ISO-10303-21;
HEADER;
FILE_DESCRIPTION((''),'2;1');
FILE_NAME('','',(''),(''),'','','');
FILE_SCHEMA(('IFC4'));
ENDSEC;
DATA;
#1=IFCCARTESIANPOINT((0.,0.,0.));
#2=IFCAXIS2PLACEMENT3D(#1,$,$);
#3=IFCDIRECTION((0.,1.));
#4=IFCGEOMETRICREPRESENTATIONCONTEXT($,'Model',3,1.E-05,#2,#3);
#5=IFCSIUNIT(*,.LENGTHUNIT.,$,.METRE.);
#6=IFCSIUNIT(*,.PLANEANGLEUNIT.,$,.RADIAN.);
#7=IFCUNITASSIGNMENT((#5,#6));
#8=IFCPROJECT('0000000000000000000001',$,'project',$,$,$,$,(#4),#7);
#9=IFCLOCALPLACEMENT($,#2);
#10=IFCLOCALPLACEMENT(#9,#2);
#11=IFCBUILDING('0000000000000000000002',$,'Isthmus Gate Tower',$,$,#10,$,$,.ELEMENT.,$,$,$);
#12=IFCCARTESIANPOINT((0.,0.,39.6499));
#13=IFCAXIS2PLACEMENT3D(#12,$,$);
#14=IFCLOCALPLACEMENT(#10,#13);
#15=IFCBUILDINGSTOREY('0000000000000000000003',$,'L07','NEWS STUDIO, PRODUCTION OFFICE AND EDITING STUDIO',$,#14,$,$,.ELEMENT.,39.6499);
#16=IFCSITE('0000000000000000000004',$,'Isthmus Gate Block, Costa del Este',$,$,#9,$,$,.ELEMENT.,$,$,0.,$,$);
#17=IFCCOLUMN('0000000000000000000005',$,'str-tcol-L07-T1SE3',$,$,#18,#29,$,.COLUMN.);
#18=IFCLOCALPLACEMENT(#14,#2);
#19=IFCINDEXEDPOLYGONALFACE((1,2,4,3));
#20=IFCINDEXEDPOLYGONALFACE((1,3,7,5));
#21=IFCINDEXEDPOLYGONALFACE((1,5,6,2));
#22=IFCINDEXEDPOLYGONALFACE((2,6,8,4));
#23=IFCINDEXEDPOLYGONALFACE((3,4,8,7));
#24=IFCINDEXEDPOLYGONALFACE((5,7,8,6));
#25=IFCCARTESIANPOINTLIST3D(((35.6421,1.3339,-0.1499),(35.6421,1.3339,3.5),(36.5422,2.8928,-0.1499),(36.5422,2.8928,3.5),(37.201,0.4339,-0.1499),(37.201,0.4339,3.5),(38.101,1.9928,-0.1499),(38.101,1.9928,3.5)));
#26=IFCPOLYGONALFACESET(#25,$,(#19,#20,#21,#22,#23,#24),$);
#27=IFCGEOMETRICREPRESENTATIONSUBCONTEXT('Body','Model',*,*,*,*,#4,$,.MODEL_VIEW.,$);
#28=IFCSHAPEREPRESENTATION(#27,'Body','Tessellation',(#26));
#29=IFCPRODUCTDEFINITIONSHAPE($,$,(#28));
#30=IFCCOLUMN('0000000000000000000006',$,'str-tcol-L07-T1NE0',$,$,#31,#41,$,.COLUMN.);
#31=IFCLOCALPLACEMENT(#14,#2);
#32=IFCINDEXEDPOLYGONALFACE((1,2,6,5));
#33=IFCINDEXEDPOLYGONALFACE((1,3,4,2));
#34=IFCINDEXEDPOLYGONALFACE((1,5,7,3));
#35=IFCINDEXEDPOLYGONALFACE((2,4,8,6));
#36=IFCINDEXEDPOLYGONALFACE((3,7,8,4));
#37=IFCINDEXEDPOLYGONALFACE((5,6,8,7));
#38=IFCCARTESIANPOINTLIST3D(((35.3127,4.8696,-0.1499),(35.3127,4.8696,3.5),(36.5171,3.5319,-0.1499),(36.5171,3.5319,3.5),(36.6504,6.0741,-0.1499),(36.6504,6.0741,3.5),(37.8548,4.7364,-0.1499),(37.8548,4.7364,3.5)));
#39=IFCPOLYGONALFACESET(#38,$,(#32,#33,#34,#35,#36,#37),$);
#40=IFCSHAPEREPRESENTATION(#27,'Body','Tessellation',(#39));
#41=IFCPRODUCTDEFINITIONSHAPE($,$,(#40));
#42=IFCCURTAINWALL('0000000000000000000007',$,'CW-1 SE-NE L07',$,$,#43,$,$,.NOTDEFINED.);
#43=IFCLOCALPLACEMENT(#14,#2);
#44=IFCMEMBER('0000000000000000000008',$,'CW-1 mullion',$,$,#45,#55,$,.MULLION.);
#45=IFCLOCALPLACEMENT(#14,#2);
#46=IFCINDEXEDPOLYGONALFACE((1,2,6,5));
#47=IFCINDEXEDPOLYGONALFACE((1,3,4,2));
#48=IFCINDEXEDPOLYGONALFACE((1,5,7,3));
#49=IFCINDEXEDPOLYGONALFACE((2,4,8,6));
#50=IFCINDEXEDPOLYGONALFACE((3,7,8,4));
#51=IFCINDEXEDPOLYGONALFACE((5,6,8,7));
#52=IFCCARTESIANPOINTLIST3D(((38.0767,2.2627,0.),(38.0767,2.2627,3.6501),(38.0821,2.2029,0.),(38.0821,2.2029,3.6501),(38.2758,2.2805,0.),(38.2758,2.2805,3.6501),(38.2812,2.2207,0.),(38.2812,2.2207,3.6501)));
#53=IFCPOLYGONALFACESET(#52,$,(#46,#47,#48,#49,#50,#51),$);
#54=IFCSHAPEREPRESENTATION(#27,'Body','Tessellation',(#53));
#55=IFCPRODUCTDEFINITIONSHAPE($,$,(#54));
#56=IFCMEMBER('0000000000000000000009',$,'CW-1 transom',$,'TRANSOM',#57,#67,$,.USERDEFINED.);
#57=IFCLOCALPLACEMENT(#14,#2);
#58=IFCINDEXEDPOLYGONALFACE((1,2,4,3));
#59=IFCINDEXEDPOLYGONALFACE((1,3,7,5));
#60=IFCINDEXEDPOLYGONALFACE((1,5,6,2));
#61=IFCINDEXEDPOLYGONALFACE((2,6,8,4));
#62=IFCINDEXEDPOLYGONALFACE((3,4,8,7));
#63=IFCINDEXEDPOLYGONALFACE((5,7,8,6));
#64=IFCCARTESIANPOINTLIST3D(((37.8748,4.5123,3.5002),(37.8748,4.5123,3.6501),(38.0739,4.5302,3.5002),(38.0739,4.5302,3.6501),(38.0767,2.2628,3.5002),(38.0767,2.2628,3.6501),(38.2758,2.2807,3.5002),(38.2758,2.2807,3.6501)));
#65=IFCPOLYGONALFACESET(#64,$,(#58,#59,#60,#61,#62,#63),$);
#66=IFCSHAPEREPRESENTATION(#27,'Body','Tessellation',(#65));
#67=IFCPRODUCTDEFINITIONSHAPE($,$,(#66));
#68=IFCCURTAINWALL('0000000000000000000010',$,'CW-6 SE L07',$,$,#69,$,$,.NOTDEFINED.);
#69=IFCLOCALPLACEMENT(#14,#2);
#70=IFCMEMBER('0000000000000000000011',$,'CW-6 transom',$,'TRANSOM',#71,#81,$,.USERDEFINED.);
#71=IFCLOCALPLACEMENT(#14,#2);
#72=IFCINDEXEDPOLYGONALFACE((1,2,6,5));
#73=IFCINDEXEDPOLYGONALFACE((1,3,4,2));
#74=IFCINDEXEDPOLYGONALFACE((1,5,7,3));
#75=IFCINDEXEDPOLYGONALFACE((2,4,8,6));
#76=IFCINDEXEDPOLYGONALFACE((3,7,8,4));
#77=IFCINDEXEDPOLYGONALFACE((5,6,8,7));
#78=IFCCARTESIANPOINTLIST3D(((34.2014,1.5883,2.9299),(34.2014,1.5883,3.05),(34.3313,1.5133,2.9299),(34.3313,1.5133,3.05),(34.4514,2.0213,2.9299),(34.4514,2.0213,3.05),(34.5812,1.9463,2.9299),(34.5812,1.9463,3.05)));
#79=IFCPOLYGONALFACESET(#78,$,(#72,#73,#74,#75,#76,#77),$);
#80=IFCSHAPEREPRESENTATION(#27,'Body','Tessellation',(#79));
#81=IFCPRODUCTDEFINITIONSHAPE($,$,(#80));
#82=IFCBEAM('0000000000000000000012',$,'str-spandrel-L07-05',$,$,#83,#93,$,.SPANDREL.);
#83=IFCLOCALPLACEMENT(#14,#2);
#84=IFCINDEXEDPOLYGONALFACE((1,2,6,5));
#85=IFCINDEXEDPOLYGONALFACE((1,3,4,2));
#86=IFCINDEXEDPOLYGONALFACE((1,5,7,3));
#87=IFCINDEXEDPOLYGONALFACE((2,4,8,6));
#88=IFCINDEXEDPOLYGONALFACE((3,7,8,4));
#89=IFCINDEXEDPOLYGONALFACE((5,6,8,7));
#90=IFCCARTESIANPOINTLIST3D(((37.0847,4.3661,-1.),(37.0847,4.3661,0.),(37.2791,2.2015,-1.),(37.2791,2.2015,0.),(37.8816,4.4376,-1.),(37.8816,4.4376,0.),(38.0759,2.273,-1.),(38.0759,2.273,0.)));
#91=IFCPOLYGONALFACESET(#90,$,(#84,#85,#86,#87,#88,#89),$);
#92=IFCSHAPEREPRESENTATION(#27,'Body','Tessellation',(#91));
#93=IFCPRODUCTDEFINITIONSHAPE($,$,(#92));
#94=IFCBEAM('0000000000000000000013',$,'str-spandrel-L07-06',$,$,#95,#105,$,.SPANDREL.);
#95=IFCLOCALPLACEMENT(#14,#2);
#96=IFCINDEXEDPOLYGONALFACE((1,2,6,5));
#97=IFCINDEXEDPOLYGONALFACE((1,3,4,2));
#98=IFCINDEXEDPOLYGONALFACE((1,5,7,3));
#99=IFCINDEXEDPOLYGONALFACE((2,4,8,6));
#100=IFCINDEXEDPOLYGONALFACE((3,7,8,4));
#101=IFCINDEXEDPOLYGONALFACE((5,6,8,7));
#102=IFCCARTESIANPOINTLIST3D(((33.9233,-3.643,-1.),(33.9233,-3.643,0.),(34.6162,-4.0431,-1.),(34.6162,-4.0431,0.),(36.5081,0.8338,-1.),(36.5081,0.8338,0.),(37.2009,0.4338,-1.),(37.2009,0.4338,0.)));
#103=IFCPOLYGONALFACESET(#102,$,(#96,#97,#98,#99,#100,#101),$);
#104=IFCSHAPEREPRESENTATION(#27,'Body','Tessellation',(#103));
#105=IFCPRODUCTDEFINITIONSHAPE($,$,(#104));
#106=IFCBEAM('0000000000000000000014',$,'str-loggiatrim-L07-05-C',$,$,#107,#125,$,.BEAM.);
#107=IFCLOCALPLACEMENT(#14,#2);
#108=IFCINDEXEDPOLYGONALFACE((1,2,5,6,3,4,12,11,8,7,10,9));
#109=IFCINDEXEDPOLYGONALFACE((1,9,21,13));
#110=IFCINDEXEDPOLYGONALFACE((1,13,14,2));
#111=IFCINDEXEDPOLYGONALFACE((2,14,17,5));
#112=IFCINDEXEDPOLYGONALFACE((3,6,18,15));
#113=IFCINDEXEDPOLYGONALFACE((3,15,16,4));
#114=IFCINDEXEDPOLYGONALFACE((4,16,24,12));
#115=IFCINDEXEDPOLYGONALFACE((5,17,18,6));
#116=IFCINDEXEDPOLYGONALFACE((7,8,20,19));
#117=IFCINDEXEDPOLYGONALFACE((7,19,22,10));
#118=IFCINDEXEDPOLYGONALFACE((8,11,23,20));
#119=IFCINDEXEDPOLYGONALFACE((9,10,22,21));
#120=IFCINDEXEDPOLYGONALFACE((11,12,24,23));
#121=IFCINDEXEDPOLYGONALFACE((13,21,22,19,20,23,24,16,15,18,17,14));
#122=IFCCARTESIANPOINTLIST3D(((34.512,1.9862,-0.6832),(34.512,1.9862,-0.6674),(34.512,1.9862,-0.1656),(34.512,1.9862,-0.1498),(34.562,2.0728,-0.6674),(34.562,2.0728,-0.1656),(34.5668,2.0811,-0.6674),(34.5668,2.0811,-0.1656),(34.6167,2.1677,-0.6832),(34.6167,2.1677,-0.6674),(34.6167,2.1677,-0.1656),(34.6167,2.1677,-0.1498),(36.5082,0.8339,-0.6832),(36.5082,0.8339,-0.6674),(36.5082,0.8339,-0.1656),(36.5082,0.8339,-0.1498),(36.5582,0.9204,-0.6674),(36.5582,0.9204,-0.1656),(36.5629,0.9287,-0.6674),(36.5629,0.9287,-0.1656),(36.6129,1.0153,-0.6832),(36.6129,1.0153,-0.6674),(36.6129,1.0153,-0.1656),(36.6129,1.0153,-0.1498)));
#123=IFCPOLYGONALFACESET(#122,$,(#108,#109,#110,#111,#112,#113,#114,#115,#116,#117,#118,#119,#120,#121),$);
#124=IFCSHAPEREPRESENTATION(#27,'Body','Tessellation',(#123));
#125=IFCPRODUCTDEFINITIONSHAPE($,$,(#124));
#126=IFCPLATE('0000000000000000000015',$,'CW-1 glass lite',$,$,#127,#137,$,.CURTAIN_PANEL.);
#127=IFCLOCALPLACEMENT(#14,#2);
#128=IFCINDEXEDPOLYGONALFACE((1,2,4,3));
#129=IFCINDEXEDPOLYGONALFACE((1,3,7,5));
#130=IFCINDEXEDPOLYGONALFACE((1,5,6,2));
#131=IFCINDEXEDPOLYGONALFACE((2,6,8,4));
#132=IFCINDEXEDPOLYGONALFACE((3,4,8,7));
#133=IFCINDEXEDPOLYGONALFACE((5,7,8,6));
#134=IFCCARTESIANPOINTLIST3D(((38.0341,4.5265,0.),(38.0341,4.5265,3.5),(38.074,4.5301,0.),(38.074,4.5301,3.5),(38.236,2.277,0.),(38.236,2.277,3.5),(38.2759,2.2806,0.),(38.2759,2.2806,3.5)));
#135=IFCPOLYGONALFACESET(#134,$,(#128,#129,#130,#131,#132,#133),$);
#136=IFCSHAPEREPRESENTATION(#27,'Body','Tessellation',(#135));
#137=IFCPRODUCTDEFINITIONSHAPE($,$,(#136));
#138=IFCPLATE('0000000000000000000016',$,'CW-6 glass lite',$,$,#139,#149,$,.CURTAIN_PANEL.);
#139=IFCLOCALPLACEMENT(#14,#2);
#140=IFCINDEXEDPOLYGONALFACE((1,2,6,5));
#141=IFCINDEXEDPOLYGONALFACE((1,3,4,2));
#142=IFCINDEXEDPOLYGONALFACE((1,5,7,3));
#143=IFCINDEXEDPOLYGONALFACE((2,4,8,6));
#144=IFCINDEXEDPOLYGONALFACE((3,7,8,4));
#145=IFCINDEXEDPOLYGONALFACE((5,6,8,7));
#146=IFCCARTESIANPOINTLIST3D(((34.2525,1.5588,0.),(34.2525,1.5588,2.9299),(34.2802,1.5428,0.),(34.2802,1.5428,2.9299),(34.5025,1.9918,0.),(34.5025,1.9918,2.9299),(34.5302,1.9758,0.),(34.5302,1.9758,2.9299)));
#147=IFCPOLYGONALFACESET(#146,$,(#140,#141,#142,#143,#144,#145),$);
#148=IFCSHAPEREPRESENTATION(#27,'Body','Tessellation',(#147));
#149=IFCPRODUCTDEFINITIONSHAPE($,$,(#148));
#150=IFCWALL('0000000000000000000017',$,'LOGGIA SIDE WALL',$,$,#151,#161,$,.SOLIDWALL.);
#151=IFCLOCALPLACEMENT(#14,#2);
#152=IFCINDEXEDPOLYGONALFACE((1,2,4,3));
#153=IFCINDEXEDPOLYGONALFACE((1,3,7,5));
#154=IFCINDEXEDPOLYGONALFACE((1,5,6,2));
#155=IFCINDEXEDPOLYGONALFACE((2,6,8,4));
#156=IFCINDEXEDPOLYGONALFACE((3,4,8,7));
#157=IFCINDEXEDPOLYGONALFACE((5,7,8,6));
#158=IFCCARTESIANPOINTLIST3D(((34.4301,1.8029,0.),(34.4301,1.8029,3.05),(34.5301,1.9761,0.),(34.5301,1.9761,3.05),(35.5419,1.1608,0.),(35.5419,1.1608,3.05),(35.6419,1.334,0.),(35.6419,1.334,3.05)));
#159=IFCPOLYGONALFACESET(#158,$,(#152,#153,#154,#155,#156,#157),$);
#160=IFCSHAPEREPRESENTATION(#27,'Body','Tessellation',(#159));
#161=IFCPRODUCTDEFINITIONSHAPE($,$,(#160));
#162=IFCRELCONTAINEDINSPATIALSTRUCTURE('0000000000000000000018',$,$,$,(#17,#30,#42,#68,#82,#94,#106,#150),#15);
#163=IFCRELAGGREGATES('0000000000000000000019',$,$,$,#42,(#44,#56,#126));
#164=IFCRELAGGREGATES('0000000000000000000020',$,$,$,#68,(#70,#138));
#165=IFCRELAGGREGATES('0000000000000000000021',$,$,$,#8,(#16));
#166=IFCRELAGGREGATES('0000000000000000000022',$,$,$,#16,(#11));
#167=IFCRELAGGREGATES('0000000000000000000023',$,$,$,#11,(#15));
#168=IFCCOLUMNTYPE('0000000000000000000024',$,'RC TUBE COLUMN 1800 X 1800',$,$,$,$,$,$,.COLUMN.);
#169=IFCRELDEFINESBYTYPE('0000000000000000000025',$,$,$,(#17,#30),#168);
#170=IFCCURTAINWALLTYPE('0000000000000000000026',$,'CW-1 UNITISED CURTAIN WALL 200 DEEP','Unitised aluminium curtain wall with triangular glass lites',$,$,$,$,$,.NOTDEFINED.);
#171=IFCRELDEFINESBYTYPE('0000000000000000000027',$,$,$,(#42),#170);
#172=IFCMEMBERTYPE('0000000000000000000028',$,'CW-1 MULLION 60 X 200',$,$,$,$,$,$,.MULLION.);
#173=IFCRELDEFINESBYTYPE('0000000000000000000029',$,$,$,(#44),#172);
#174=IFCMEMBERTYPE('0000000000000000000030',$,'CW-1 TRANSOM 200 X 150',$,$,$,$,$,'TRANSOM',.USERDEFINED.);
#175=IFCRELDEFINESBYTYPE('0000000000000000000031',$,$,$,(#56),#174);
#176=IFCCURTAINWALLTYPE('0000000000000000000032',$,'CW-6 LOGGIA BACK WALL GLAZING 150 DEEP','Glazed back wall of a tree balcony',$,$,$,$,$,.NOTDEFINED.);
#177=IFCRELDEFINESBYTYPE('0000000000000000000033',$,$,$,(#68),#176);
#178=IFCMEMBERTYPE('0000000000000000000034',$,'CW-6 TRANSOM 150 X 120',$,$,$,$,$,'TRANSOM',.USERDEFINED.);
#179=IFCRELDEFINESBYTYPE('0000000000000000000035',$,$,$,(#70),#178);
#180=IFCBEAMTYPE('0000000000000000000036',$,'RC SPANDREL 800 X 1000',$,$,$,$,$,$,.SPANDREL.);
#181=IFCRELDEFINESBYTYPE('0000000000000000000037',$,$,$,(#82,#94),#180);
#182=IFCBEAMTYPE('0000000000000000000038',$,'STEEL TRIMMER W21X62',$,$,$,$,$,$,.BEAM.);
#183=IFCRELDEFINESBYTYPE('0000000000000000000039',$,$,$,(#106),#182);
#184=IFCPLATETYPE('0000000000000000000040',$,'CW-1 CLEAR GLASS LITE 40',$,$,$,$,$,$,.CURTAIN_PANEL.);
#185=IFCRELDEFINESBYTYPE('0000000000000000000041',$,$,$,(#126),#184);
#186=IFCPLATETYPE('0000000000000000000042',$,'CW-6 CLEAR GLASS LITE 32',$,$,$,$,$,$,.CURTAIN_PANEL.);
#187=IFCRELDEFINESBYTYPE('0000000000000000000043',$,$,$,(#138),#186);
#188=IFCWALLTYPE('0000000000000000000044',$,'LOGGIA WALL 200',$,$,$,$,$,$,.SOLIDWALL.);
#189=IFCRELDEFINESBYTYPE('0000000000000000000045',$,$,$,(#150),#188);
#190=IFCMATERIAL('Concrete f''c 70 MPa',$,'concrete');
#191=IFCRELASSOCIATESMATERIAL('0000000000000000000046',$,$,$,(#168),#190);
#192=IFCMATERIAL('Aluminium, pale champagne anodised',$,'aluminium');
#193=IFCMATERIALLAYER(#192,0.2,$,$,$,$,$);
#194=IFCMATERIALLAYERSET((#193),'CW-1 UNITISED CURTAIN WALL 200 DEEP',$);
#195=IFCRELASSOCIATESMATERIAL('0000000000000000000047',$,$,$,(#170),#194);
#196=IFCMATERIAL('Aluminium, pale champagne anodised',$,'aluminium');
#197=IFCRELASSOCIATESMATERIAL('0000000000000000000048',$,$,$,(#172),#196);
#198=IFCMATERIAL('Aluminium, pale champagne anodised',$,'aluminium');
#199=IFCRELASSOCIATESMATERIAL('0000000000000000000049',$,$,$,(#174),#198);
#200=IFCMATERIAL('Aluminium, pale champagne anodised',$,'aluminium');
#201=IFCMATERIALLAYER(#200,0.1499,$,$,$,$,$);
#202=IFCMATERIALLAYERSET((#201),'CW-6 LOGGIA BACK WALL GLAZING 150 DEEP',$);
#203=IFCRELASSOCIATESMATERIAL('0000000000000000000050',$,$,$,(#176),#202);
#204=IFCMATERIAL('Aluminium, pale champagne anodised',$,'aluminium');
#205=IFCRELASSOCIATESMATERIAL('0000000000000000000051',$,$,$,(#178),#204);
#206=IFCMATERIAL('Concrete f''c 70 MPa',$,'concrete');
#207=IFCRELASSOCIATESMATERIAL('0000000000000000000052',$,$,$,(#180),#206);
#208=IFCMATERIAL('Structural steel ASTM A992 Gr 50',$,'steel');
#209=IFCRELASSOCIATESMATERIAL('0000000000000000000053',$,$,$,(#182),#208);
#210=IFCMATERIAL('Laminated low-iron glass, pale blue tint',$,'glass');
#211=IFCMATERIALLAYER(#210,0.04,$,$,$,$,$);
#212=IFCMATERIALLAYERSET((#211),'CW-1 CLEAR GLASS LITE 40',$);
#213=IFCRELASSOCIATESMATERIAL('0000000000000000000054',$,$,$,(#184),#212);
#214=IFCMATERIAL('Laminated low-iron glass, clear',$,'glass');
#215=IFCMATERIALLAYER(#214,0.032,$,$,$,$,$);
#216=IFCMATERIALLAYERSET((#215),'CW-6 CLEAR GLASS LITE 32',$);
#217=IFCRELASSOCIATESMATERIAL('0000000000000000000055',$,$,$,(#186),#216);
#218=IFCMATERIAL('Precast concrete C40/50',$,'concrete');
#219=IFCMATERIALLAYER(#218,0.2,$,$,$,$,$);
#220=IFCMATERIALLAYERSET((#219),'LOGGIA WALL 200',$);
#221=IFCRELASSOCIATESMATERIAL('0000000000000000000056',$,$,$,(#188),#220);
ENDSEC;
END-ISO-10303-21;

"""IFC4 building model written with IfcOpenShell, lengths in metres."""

from ifc_helpers import new_model, si_unit, direction, frame, frame_2d, origin, origin_2d, place, context, subcontext, project, spatial, rectangle, i_section, extrude, material, layer, layer_set, material_profile, profile_set, type_object, element, aggregate, save


model = new_model("IFC4")

# Units and contexts
model_context = context("Model", 3, precision=1e-05, world=origin(), true_north=direction((0.0, 1.0)))
body_context = subcontext(model_context, "Body", "Model", "MODEL_VIEW")
ifc_project = project(units=[si_unit("LENGTHUNIT", "METRE"), si_unit("PLANEANGLEUNIT", "RADIAN")], contexts=[model_context])

# Site, building, storey
site_placement = place(None, origin())
site = spatial("IfcSite", under=ifc_project, at=site_placement, Name="Isthmus Gate Block, Costa del Este", CompositionType="ELEMENT", RefElevation=0.0)
building_placement = place(site_placement, origin())
building = spatial("IfcBuilding", under=site, at=building_placement, Name="Isthmus Gate Tower", CompositionType="ELEMENT")
storey_placement = place(building_placement, frame((0.0, 0.0, 39.6499)))
storey = spatial("IfcBuildingStorey", under=building, at=storey_placement, Name="L07", Description="NEWS STUDIO, PRODUCTION OFFICE AND EDITING STUDIO", CompositionType="ELEMENT", Elevation=39.6499)

# Columns
ifc_material_1 = material(Name="Concrete f'c 70 MPa", Category="concrete")
ifc_material_profile_1 = material_profile(ifc_material_1, rectangle(XDim=1.8, YDim=1.8, at=origin_2d()), Name="RC 1800X1800")
ifc_profile_set_1 = profile_set([ifc_material_profile_1], Name="Concrete f'c 70 MPa")
column_type = type_object("IfcColumnType", Name="RC TUBE COLUMN 1800 X 1800", PredefinedType="COLUMN", material=ifc_profile_set_1)
for number, where, z_axis, x_axis, name in (
    (1, (36.8716, 1.6633, -0.1499), (0.0, 0.0, 1.0), (0.5, 0.866025, 0.0), "str-tcol-L07-T1SE3"),
    (2, (36.5837, 4.803, -0.1499), (0.0, 0.0, 1.0), (-0.669131, 0.743145, 0.0), "str-tcol-L07-T1NE0"),
):
    element("IfcColumn", number, at=place(storey_placement, frame(where, z_axis=z_axis, x_axis=x_axis)), inside=storey, type_object=column_type, Name=name, PredefinedType="COLUMN", context=body_context, shape_type="SweptSolid", body=[
        extrude(rectangle(XDim=1.8, YDim=1.8, at=origin_2d()), origin(), (0.0, 0.0, 1.0), 3.6499),
    ])

# Curtain wall, members
ifc_material_2 = material(Name="Aluminium, pale champagne anodised", Category="aluminium")
ifc_layer_1 = layer(ifc_material_2, 0.2)
ifc_layer_set_1 = layer_set([ifc_layer_1], Name="CW-1 UNITISED CURTAIN WALL 200 DEEP")
curtain_wall_type_1 = type_object("IfcCurtainWallType", Name="CW-1 UNITISED CURTAIN WALL 200 DEEP", Description="Unitised aluminium curtain wall with triangular glass lites", PredefinedType="NOTDEFINED", material=ifc_layer_set_1)
curtain_wall_1_placement = place(storey_placement, origin())
curtain_wall_1 = element("IfcCurtainWall", 3, at=curtain_wall_1_placement, inside=storey, type_object=curtain_wall_type_1, Name="CW-1 SE-NE L07", PredefinedType="NOTDEFINED")
ifc_material_3 = material(Name="Aluminium, pale champagne anodised", Category="aluminium")
ifc_material_profile_2 = material_profile(ifc_material_3, rectangle(XDim=0.0601, YDim=0.2, at=origin_2d()), Name="60x200")
ifc_profile_set_2 = profile_set([ifc_material_profile_2], Name="Aluminium, pale champagne anodised")
member_type_1 = type_object("IfcMemberType", Name="CW-1 MULLION 60 X 200", PredefinedType="MULLION", material=ifc_profile_set_2)
member_1_placement = place(storey_placement, frame((38.179, 2.2417, 0.0), z_axis=(0.0, 0.0, 1.0), x_axis=(-0.089397, 0.995996, 0.0)))
member_1 = element("IfcMember", 4, at=member_1_placement, type_object=member_type_1, Name="CW-1 mullion", PredefinedType="MULLION", context=body_context, shape_type="SweptSolid", body=[
    extrude(rectangle(XDim=0.0601, YDim=0.2, at=origin_2d()), origin(), (0.0, 0.0, 1.0), 3.6501),
])
ifc_material_4 = material(Name="Aluminium, pale champagne anodised", Category="aluminium")
ifc_material_profile_3 = material_profile(ifc_material_4, rectangle(XDim=0.2, YDim=0.1499, at=origin_2d()), Name="200x150")
ifc_profile_set_3 = profile_set([ifc_material_profile_3], Name="Aluminium, pale champagne anodised")
member_type_2 = type_object("IfcMemberType", Name="CW-1 TRANSOM 200 X 150", ElementType="TRANSOM", PredefinedType="USERDEFINED", material=ifc_profile_set_3)
member_2_placement = place(storey_placement, frame((38.1763, 2.2717, 3.5752), z_axis=(-0.089395, 0.995996, 0.0), x_axis=(-0.995996, -0.089395, 0.0)))
member_2 = element("IfcMember", 5, at=member_2_placement, type_object=member_type_2, Name="CW-1 transom", ObjectType="TRANSOM", PredefinedType="USERDEFINED", context=body_context, shape_type="SweptSolid", body=[
    extrude(rectangle(XDim=0.2, YDim=0.1499, at=origin_2d()), origin(), (0.0, 0.0, 1.0), 2.2585),
])

# Curtain wall, member
ifc_material_5 = material(Name="Aluminium, pale champagne anodised", Category="aluminium")
ifc_layer_2 = layer(ifc_material_5, 0.1499)
ifc_layer_set_2 = layer_set([ifc_layer_2], Name="CW-6 LOGGIA BACK WALL GLAZING 150 DEEP")
curtain_wall_type_2 = type_object("IfcCurtainWallType", Name="CW-6 LOGGIA BACK WALL GLAZING 150 DEEP", Description="Glazed back wall of a tree balcony", PredefinedType="NOTDEFINED", material=ifc_layer_set_2)
curtain_wall_2_placement = place(storey_placement, origin())
curtain_wall_2 = element("IfcCurtainWall", 6, at=curtain_wall_2_placement, inside=storey, type_object=curtain_wall_type_2, Name="CW-6 SE L07", PredefinedType="NOTDEFINED")
ifc_material_6 = material(Name="Aluminium, pale champagne anodised", Category="aluminium")
ifc_material_profile_4 = material_profile(ifc_material_6, rectangle(XDim=0.1499, YDim=0.1201, at=origin_2d()), Name="150x120")
ifc_profile_set_4 = profile_set([ifc_material_profile_4], Name="Aluminium, pale champagne anodised")
member_type_3 = type_object("IfcMemberType", Name="CW-6 TRANSOM 150 X 120", ElementType="TRANSOM", PredefinedType="USERDEFINED", material=ifc_profile_set_4)
member_3_placement = place(storey_placement, frame((34.2664, 1.5508, 2.99), z_axis=(0.49992, 0.866072, 0.0), x_axis=(-0.866072, 0.49992, 0.0)))
member_3 = element("IfcMember", 7, at=member_3_placement, type_object=member_type_3, Name="CW-6 transom", ObjectType="TRANSOM", PredefinedType="USERDEFINED", context=body_context, shape_type="SweptSolid", body=[
    extrude(rectangle(XDim=0.1499, YDim=0.1201, at=origin_2d()), origin(), (0.0, 0.0, 1.0), 0.5),
])

# Beams
ifc_material_7 = material(Name="Concrete f'c 70 MPa", Category="concrete")
ifc_material_profile_5 = material_profile(ifc_material_7, rectangle(XDim=0.8, YDim=1.0, at=origin_2d()), Name="RC 800X1000")
ifc_profile_set_5 = profile_set([ifc_material_profile_5], Name="Concrete f'c 70 MPa")
beam_type_1 = type_object("IfcBeamType", Name="RC SPANDREL 800 X 1000", PredefinedType="SPANDREL", material=ifc_profile_set_5)
beam_1_placement = place(storey_placement, frame((37.4832, 4.4019, -0.5), z_axis=(0.089422, -0.995994, 0.0), x_axis=(0.995994, 0.089422, 0.0)))
element("IfcBeam", 8, at=beam_1_placement, inside=storey, type_object=beam_type_1, Name="str-spandrel-L07-05", PredefinedType="SPANDREL", context=body_context, shape_type="SweptSolid", body=[
    extrude(rectangle(XDim=0.8, YDim=1.0, at=origin_2d()), origin(), (0.0, 0.0, 1.0), 2.1733),
])
beam_2_placement = place(storey_placement, frame((36.8545, 0.6338, -0.5), z_axis=(-0.500005, -0.866023, 0.0), x_axis=(0.866023, -0.500005, 0.0)))
element("IfcBeam", 9, at=beam_2_placement, inside=storey, type_object=beam_type_1, Name="str-spandrel-L07-06", PredefinedType="SPANDREL", context=body_context, shape_type="SweptSolid", body=[
    extrude(rectangle(XDim=0.8, YDim=1.0, at=origin_2d()), origin(), (0.0, 0.0, 1.0), 5.1694),
])
ifc_material_8 = material(Name="Structural steel ASTM A992 Gr 50", Category="steel")
ifc_material_profile_6 = material_profile(ifc_material_8, i_section(OverallWidth=0.2095, OverallDepth=0.5334, WebThickness=0.0095, FlangeThickness=0.0159, at=origin_2d()), Name="W21X62")
ifc_profile_set_6 = profile_set([ifc_material_profile_6], Name="Structural steel ASTM A992 Gr 50")
beam_type_2 = type_object("IfcBeamType", Name="STEEL TRIMMER W21X62", PredefinedType="BEAM", material=ifc_profile_set_6)
beam_3_placement = place(storey_placement, frame((36.5605, 0.9246, -0.4165), z_axis=(-0.866044, 0.499967, 0.0), x_axis=(-0.499967, -0.866044, 0.0)))
element("IfcBeam", 10, at=beam_3_placement, inside=storey, type_object=beam_type_2, Name="str-loggiatrim-L07-05-C", PredefinedType="BEAM", context=body_context, shape_type="SweptSolid", body=[
    extrude(i_section(OverallWidth=0.2095, OverallDepth=0.5334, WebThickness=0.0095, FlangeThickness=0.0159, at=origin_2d()), origin(), (0.0, 0.0, 1.0), 2.3049),
])

# Plates
ifc_material_9 = material(Name="Laminated low-iron glass, pale blue tint", Category="glass")
ifc_layer_3 = layer(ifc_material_9, 0.04)
ifc_layer_set_3 = layer_set([ifc_layer_3], Name="CW-1 CLEAR GLASS LITE 40")
plate_type_1 = type_object("IfcPlateType", Name="CW-1 CLEAR GLASS LITE 40", PredefinedType="CURTAIN_PANEL", material=ifc_layer_set_3)
plate_1_placement = place(storey_placement, frame((38.155, 3.4036, 0.0), z_axis=(0.0, 0.0, 1.0), x_axis=(-0.089397, 0.995996, 0.0)))
plate_1 = element("IfcPlate", 11, at=plate_1_placement, type_object=plate_type_1, Name="CW-1 glass lite", PredefinedType="CURTAIN_PANEL", context=body_context, shape_type="SweptSolid", body=[
    extrude(rectangle(XDim=2.2585, YDim=0.04, at=origin_2d()), origin(), (0.0, 0.0, 1.0), 3.5),
])
aggregate(curtain_wall_1, [member_1, member_2, plate_1])
ifc_material_10 = material(Name="Laminated low-iron glass, clear", Category="glass")
ifc_layer_4 = layer(ifc_material_10, 0.032)
ifc_layer_set_4 = layer_set([ifc_layer_4], Name="CW-6 CLEAR GLASS LITE 32")
plate_type_2 = type_object("IfcPlateType", Name="CW-6 CLEAR GLASS LITE 32", PredefinedType="CURTAIN_PANEL", material=ifc_layer_set_4)
plate_2_placement = place(storey_placement, frame((34.3914, 1.7673, 0.0), z_axis=(0.0, 0.0, 1.0), x_axis=(0.5, 0.866025, 0.0)))
plate_2 = element("IfcPlate", 12, at=plate_2_placement, type_object=plate_type_2, Name="CW-6 glass lite", PredefinedType="CURTAIN_PANEL", context=body_context, shape_type="SweptSolid", body=[
    extrude(rectangle(XDim=0.5, YDim=0.032, at=origin_2d()), origin(), (0.0, 0.0, 1.0), 2.9299),
])
aggregate(curtain_wall_2, [member_3, plate_2])

# Wall
ifc_material_11 = material(Name="Precast concrete C40/50", Category="concrete")
ifc_layer_5 = layer(ifc_material_11, 0.2)
ifc_layer_set_5 = layer_set([ifc_layer_5], Name="LOGGIA WALL 200")
wall_type = type_object("IfcWallType", Name="LOGGIA WALL 200", PredefinedType="SOLIDWALL", material=ifc_layer_set_5)
wall_placement = place(storey_placement, frame((35.592, 1.2473, 0.0), z_axis=(0.0, 0.0, 1.0), x_axis=(-0.865964, 0.500107, 0.0)))
element("IfcWall", 13, at=wall_placement, inside=storey, type_object=wall_type, Name="LOGGIA SIDE WALL", PredefinedType="SOLIDWALL", context=body_context, shape_type="SweptSolid", body=[
    extrude(rectangle(XDim=1.2839, YDim=0.2, at=frame_2d((0.6421, 0.0))), origin(), (0.0, 0.0, 1.0), 3.05),
])

save(model, "model.ifc")
